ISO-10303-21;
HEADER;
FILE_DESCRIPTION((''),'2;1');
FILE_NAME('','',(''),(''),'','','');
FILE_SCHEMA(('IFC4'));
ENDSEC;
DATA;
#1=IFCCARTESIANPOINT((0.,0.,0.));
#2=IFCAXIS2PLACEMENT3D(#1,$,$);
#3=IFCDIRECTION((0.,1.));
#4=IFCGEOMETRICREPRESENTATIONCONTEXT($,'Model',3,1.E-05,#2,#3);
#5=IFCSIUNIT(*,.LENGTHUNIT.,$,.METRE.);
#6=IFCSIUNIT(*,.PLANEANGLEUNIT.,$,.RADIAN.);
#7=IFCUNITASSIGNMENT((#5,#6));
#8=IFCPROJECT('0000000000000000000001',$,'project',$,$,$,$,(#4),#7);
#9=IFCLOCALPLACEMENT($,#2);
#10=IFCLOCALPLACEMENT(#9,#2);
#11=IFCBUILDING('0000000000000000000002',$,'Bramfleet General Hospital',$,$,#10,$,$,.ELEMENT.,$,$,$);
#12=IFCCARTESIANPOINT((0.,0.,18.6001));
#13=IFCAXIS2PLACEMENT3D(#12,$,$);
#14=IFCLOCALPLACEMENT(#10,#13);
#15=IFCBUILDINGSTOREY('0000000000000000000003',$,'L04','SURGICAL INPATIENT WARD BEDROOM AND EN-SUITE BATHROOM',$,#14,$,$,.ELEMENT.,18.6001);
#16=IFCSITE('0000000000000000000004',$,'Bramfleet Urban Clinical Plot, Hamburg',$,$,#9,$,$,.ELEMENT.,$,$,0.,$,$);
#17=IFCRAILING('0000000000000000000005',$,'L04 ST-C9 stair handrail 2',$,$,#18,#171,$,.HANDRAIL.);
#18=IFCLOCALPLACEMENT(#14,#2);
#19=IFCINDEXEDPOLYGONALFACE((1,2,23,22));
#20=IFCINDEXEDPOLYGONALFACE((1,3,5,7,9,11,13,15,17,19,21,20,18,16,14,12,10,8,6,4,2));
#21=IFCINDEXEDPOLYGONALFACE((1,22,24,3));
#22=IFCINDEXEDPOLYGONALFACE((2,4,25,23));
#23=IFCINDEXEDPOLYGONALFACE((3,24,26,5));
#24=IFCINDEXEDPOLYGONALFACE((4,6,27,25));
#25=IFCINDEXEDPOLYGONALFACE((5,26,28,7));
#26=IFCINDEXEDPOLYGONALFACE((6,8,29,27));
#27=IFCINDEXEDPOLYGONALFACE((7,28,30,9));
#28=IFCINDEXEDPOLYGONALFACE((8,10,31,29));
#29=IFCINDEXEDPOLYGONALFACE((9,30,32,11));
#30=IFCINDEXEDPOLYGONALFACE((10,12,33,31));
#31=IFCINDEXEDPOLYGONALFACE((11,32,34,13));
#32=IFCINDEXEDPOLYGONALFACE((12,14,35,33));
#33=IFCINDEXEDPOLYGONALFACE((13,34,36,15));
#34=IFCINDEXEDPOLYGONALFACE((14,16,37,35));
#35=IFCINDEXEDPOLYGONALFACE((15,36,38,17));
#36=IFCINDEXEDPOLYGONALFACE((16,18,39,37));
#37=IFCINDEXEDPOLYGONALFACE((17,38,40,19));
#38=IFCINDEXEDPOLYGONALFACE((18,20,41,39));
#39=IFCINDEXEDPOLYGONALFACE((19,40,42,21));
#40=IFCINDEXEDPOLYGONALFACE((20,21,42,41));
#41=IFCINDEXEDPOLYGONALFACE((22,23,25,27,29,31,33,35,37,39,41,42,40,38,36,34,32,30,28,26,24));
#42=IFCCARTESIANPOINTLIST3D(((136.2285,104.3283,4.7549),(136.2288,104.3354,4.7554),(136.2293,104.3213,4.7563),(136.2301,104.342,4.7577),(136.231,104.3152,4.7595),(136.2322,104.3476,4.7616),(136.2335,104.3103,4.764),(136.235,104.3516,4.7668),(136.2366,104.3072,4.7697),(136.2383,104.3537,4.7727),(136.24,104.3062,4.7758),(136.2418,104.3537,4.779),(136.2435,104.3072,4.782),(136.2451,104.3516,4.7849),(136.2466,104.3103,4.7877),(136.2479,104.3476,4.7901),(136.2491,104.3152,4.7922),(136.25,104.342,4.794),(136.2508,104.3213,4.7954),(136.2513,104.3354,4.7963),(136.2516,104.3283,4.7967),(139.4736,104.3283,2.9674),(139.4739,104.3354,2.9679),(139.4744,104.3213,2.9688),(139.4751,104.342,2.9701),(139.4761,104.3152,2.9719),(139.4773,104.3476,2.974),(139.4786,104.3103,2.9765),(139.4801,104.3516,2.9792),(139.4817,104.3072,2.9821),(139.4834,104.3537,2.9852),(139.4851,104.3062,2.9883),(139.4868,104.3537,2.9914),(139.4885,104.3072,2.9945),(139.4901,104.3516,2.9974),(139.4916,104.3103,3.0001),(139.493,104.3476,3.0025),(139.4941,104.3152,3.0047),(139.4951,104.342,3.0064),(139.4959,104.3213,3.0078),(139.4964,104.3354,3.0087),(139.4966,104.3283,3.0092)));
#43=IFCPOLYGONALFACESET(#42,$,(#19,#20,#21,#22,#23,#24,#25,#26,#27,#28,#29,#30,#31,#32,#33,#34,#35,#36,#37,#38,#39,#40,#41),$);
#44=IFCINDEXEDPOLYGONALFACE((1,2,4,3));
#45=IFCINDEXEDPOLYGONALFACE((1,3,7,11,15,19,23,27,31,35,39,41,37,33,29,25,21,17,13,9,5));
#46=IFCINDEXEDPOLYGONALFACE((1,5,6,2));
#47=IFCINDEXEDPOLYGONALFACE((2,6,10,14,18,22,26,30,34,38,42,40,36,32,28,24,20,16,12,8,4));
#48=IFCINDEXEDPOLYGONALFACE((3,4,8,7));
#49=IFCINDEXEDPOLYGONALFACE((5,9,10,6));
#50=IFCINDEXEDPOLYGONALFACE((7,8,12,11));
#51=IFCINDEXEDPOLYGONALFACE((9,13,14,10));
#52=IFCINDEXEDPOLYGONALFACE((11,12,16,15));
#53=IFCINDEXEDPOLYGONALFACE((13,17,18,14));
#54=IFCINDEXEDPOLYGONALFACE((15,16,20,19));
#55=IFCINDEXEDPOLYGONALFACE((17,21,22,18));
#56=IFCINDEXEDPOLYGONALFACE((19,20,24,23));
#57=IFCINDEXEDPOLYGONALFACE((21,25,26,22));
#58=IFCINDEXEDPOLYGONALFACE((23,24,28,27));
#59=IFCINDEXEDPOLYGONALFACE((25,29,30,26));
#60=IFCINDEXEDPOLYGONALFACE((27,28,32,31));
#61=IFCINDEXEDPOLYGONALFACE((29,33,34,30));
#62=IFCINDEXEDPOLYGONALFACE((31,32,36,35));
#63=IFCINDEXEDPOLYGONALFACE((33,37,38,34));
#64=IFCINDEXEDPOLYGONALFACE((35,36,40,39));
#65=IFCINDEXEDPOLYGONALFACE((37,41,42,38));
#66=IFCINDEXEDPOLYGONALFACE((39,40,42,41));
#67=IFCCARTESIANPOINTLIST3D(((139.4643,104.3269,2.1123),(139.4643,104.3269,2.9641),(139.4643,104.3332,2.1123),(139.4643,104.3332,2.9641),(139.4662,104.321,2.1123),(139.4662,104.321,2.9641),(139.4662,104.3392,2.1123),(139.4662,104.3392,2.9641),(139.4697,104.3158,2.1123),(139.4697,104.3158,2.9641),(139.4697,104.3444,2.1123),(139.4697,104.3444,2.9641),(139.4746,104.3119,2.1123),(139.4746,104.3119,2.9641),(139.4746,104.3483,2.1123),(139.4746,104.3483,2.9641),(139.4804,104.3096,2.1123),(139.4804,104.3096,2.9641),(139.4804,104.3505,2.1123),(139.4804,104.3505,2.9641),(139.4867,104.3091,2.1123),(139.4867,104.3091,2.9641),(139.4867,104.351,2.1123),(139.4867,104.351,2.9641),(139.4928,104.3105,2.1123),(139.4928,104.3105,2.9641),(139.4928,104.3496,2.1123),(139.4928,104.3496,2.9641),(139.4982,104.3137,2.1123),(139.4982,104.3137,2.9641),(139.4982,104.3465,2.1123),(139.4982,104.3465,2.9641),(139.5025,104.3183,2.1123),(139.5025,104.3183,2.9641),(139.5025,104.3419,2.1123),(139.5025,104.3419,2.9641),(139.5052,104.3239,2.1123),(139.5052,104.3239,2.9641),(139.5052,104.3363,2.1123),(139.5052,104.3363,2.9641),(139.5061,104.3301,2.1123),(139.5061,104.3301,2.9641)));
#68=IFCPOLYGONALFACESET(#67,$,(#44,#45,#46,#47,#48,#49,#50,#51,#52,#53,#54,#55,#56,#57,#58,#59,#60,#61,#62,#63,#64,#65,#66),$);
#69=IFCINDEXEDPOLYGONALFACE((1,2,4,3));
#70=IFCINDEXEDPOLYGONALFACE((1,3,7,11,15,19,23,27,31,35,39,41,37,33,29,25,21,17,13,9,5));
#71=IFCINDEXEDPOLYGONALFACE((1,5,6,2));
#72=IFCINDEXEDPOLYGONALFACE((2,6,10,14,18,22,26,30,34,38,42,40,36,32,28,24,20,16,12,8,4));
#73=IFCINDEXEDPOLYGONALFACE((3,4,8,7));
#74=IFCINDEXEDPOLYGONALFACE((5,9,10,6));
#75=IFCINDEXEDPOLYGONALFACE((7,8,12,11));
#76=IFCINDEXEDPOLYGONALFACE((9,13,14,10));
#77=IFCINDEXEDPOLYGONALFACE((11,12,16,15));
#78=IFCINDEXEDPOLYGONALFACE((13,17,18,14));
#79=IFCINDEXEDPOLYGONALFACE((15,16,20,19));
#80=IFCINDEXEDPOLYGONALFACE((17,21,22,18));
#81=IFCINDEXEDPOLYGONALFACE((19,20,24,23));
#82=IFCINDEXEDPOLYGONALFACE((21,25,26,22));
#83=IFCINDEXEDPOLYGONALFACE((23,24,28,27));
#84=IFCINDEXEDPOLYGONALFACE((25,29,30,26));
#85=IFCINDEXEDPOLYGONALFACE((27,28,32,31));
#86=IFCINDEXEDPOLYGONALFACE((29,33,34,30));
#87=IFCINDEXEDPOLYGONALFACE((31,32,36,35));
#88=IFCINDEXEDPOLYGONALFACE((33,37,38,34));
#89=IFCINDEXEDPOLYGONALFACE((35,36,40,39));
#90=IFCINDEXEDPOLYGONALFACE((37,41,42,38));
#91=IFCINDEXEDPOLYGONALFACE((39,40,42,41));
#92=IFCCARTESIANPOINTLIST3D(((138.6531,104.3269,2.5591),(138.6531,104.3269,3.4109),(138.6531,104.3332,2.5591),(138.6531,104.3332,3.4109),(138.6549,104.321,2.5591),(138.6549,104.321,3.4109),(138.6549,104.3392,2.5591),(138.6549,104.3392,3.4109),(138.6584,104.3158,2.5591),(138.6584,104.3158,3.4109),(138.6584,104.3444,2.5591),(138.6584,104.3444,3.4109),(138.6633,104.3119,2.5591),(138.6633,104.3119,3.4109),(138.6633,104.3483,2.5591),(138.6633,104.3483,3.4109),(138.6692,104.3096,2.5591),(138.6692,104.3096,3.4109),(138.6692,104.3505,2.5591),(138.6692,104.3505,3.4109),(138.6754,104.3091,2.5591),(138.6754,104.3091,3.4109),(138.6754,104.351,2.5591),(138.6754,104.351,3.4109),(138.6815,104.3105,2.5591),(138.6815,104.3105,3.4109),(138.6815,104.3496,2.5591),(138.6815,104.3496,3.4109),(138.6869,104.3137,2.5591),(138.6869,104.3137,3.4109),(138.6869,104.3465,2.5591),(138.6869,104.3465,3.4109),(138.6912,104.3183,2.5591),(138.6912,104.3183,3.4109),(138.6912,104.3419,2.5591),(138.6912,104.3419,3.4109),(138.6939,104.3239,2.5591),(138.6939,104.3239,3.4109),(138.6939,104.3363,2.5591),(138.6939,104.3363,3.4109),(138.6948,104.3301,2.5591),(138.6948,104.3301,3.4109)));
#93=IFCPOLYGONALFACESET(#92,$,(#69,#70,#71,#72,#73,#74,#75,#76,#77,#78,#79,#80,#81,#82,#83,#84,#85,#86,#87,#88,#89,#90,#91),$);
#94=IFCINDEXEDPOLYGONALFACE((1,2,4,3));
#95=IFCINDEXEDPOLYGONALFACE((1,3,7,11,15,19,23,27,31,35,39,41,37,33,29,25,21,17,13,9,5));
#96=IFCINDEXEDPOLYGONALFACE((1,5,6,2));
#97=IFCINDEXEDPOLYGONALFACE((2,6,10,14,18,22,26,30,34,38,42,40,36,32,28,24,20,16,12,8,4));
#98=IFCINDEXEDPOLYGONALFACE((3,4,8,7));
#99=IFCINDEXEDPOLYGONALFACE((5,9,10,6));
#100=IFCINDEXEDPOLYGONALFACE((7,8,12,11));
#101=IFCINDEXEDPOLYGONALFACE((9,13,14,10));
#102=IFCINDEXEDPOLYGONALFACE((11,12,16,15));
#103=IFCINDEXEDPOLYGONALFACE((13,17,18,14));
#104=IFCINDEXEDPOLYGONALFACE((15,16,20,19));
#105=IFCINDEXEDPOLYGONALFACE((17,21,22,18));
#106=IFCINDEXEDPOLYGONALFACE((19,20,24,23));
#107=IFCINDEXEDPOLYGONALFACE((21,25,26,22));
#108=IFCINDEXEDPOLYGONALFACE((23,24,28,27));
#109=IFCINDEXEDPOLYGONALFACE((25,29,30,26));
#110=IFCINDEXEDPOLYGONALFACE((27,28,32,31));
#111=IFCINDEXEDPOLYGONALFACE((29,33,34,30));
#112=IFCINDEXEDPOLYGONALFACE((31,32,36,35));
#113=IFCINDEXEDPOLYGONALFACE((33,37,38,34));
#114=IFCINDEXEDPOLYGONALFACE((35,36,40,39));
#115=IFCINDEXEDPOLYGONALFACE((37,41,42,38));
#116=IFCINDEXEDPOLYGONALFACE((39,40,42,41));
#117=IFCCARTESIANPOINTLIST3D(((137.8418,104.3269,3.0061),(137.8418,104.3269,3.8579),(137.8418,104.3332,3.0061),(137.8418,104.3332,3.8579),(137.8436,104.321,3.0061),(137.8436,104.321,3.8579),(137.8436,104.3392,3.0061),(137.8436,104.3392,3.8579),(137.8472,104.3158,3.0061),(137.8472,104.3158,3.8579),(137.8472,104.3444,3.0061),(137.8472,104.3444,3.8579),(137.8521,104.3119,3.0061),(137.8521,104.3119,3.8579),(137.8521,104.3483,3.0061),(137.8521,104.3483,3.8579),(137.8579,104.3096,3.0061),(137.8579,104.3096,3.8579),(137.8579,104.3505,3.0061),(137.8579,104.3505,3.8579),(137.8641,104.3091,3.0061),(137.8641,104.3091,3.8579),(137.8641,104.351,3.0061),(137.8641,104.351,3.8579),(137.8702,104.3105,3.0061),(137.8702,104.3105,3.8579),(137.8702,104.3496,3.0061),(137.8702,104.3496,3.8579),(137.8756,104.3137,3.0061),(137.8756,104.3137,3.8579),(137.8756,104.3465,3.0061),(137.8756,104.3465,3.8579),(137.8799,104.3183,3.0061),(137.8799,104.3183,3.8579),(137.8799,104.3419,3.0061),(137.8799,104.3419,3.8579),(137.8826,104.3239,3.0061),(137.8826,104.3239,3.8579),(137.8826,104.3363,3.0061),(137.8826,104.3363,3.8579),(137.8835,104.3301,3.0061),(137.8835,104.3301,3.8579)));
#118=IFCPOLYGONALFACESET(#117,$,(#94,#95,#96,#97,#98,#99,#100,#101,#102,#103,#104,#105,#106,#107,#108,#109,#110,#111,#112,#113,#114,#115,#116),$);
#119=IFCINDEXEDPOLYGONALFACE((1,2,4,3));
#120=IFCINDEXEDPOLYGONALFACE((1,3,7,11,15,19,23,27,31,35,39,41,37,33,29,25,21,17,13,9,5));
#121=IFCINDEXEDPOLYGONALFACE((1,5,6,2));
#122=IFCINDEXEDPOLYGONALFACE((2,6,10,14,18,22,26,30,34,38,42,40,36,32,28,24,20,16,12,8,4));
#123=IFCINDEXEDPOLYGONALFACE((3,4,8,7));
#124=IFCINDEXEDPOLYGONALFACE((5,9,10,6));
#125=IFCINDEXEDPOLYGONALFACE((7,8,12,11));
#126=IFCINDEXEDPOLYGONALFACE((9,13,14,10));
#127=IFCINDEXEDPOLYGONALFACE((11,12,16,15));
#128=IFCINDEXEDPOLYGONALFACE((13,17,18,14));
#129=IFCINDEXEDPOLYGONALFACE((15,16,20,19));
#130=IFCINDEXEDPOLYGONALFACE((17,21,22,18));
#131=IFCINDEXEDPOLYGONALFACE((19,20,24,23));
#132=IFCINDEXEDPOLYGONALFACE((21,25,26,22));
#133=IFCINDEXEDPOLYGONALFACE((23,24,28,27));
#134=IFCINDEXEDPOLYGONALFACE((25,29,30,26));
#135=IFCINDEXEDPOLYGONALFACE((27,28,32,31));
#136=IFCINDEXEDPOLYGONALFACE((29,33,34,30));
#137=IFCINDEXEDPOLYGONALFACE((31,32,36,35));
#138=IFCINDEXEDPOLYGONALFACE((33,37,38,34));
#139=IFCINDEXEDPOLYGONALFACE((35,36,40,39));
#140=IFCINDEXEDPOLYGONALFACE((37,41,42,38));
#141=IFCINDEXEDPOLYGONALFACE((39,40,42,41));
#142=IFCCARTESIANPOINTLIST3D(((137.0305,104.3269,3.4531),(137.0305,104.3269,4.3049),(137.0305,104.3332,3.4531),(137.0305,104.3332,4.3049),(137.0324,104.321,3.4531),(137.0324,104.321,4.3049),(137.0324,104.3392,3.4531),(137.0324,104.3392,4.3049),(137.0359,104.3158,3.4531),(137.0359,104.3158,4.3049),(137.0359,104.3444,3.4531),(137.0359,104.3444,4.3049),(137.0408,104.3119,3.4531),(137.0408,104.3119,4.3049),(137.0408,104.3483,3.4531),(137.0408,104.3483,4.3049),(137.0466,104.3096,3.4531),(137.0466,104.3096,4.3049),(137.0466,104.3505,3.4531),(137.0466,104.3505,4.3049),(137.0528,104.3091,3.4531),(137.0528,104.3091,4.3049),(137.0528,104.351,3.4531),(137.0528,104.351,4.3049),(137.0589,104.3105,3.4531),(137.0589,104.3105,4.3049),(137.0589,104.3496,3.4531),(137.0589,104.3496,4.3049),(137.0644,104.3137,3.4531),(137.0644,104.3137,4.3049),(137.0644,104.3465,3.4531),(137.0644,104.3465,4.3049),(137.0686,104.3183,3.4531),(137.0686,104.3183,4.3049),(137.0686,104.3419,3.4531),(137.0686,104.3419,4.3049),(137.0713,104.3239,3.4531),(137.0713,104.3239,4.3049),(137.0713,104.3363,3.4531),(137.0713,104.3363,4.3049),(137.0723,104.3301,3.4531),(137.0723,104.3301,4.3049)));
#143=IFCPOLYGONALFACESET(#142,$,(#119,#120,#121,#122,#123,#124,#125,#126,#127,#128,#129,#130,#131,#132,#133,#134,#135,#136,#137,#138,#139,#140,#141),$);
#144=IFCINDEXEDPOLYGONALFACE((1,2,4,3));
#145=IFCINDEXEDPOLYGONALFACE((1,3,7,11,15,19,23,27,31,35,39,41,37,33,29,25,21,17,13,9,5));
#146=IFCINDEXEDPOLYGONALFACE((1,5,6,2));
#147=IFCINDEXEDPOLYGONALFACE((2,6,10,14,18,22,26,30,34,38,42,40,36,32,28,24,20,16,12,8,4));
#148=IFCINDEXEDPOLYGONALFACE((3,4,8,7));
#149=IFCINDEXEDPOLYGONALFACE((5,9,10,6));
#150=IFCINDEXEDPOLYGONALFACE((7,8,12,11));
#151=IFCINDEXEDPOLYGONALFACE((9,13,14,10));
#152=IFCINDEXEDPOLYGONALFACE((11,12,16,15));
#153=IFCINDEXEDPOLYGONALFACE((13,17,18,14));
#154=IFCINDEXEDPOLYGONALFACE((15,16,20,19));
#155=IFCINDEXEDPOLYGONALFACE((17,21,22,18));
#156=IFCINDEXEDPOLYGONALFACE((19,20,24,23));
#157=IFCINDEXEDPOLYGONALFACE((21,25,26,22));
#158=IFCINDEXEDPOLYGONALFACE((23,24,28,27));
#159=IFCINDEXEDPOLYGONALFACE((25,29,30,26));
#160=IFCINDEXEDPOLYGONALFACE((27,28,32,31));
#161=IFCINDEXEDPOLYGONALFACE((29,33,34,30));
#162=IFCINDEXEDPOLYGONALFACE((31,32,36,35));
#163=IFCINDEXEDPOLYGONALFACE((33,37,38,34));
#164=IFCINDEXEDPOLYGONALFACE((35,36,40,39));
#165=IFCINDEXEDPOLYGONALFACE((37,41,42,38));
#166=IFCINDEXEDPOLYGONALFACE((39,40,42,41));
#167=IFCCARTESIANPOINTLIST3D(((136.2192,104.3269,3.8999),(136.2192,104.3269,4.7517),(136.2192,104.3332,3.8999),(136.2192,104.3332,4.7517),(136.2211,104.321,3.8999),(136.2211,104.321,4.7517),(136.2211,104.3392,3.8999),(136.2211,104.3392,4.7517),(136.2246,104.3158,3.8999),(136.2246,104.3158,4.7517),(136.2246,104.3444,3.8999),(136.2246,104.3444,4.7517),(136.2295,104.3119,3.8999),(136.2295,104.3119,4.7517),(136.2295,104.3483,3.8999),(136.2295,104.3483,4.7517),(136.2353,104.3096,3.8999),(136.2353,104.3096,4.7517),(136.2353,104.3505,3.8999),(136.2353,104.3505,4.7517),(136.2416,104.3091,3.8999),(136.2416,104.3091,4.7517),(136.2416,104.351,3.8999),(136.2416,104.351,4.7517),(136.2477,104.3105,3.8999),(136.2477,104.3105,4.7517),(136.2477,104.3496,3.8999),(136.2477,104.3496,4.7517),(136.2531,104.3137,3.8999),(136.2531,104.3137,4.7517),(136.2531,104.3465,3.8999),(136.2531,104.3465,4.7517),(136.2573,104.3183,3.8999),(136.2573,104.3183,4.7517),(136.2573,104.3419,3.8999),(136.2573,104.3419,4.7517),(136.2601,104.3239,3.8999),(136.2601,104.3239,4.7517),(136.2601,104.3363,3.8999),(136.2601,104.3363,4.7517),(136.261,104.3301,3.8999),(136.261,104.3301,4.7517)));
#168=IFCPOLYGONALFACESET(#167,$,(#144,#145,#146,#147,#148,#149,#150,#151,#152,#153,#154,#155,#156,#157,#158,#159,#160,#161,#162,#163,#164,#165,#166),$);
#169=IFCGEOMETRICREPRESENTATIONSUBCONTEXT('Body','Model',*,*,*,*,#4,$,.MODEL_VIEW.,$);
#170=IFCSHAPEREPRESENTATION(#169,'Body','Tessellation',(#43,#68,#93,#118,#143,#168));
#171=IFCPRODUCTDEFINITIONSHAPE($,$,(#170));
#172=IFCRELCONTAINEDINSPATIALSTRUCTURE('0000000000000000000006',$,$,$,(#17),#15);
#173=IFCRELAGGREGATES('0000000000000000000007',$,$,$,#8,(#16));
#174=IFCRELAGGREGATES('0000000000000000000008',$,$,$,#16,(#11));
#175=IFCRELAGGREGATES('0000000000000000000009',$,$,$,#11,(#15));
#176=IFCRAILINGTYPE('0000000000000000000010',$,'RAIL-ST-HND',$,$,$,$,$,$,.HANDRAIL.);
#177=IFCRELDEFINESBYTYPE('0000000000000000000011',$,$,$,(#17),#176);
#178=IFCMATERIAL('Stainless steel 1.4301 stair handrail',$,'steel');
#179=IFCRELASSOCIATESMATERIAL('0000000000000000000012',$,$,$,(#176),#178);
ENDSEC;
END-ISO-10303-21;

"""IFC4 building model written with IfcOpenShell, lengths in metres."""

from ifc_helpers import new_model, si_unit, direction, frame, origin, origin_2d, place, context, subcontext, project, spatial, circle, extrude, material, type_object, element, save


model = new_model("IFC4")

# Units and contexts
model_context = context("Model", 3, precision=1e-05, world=origin(), true_north=direction((0.0, 1.0)))
body_context = subcontext(model_context, "Body", "Model", "MODEL_VIEW")
ifc_project = project(units=[si_unit("LENGTHUNIT", "METRE"), si_unit("PLANEANGLEUNIT", "RADIAN")], contexts=[model_context])

# Site, building, storey
site_placement = place(None, origin())
site = spatial("IfcSite", under=ifc_project, at=site_placement, Name="Bramfleet Urban Clinical Plot, Hamburg", CompositionType="ELEMENT", RefElevation=0.0)
building_placement = place(site_placement, origin())
building = spatial("IfcBuilding", under=site, at=building_placement, Name="Bramfleet General Hospital", CompositionType="ELEMENT")
storey_placement = place(building_placement, frame((0.0, 0.0, 18.6001)))
storey = spatial("IfcBuildingStorey", under=building, at=storey_placement, Name="L04", Description="SURGICAL INPATIENT WARD BEDROOM AND EN-SUITE BATHROOM", CompositionType="ELEMENT", Elevation=18.6001)

# Railing
ifc_material_1 = material(Name="Stainless steel 1.4301 stair handrail", Category="steel")
railing_type = type_object("IfcRailingType", Name="RAIL-ST-HND", PredefinedType="HANDRAIL", material=ifc_material_1)
railing_placement = place(storey_placement, frame((139.4851, 104.3301, 2.1123)))
element("IfcRailing", 1, at=railing_placement, inside=storey, type_object=railing_type, Name="L04 ST-C9 stair handrail 2", PredefinedType="HANDRAIL", context=body_context, shape_type="SweptSolid", body=[
    extrude(circle(Radius=0.0239, at=origin_2d()), frame((0.0, 0.0, 0.876), z_axis=(-0.875899, 0.0, 0.482495), x_axis=(0.0, -1.0, 0.0)), (0.0, 0.0, 1.0), 3.7048),
    extrude(circle(Radius=0.021, at=origin_2d()), origin(), (0.0, 0.0, 1.0), 0.8518),
    extrude(circle(Radius=0.021, at=origin_2d()), frame((-0.8113, 0.0, 0.4468)), (0.0, 0.0, 1.0), 0.8518),
    extrude(circle(Radius=0.021, at=origin_2d()), frame((-1.6226, 0.0, 0.8938)), (0.0, 0.0, 1.0), 0.8518),
    extrude(circle(Radius=0.021, at=origin_2d()), frame((-2.4338, 0.0, 1.3408)), (0.0, 0.0, 1.0), 0.8518),
    extrude(circle(Radius=0.021, at=origin_2d()), frame((-3.2451, 0.0, 1.7876)), (0.0, 0.0, 1.0), 0.8518),
])

save(model, "model.ifc")
